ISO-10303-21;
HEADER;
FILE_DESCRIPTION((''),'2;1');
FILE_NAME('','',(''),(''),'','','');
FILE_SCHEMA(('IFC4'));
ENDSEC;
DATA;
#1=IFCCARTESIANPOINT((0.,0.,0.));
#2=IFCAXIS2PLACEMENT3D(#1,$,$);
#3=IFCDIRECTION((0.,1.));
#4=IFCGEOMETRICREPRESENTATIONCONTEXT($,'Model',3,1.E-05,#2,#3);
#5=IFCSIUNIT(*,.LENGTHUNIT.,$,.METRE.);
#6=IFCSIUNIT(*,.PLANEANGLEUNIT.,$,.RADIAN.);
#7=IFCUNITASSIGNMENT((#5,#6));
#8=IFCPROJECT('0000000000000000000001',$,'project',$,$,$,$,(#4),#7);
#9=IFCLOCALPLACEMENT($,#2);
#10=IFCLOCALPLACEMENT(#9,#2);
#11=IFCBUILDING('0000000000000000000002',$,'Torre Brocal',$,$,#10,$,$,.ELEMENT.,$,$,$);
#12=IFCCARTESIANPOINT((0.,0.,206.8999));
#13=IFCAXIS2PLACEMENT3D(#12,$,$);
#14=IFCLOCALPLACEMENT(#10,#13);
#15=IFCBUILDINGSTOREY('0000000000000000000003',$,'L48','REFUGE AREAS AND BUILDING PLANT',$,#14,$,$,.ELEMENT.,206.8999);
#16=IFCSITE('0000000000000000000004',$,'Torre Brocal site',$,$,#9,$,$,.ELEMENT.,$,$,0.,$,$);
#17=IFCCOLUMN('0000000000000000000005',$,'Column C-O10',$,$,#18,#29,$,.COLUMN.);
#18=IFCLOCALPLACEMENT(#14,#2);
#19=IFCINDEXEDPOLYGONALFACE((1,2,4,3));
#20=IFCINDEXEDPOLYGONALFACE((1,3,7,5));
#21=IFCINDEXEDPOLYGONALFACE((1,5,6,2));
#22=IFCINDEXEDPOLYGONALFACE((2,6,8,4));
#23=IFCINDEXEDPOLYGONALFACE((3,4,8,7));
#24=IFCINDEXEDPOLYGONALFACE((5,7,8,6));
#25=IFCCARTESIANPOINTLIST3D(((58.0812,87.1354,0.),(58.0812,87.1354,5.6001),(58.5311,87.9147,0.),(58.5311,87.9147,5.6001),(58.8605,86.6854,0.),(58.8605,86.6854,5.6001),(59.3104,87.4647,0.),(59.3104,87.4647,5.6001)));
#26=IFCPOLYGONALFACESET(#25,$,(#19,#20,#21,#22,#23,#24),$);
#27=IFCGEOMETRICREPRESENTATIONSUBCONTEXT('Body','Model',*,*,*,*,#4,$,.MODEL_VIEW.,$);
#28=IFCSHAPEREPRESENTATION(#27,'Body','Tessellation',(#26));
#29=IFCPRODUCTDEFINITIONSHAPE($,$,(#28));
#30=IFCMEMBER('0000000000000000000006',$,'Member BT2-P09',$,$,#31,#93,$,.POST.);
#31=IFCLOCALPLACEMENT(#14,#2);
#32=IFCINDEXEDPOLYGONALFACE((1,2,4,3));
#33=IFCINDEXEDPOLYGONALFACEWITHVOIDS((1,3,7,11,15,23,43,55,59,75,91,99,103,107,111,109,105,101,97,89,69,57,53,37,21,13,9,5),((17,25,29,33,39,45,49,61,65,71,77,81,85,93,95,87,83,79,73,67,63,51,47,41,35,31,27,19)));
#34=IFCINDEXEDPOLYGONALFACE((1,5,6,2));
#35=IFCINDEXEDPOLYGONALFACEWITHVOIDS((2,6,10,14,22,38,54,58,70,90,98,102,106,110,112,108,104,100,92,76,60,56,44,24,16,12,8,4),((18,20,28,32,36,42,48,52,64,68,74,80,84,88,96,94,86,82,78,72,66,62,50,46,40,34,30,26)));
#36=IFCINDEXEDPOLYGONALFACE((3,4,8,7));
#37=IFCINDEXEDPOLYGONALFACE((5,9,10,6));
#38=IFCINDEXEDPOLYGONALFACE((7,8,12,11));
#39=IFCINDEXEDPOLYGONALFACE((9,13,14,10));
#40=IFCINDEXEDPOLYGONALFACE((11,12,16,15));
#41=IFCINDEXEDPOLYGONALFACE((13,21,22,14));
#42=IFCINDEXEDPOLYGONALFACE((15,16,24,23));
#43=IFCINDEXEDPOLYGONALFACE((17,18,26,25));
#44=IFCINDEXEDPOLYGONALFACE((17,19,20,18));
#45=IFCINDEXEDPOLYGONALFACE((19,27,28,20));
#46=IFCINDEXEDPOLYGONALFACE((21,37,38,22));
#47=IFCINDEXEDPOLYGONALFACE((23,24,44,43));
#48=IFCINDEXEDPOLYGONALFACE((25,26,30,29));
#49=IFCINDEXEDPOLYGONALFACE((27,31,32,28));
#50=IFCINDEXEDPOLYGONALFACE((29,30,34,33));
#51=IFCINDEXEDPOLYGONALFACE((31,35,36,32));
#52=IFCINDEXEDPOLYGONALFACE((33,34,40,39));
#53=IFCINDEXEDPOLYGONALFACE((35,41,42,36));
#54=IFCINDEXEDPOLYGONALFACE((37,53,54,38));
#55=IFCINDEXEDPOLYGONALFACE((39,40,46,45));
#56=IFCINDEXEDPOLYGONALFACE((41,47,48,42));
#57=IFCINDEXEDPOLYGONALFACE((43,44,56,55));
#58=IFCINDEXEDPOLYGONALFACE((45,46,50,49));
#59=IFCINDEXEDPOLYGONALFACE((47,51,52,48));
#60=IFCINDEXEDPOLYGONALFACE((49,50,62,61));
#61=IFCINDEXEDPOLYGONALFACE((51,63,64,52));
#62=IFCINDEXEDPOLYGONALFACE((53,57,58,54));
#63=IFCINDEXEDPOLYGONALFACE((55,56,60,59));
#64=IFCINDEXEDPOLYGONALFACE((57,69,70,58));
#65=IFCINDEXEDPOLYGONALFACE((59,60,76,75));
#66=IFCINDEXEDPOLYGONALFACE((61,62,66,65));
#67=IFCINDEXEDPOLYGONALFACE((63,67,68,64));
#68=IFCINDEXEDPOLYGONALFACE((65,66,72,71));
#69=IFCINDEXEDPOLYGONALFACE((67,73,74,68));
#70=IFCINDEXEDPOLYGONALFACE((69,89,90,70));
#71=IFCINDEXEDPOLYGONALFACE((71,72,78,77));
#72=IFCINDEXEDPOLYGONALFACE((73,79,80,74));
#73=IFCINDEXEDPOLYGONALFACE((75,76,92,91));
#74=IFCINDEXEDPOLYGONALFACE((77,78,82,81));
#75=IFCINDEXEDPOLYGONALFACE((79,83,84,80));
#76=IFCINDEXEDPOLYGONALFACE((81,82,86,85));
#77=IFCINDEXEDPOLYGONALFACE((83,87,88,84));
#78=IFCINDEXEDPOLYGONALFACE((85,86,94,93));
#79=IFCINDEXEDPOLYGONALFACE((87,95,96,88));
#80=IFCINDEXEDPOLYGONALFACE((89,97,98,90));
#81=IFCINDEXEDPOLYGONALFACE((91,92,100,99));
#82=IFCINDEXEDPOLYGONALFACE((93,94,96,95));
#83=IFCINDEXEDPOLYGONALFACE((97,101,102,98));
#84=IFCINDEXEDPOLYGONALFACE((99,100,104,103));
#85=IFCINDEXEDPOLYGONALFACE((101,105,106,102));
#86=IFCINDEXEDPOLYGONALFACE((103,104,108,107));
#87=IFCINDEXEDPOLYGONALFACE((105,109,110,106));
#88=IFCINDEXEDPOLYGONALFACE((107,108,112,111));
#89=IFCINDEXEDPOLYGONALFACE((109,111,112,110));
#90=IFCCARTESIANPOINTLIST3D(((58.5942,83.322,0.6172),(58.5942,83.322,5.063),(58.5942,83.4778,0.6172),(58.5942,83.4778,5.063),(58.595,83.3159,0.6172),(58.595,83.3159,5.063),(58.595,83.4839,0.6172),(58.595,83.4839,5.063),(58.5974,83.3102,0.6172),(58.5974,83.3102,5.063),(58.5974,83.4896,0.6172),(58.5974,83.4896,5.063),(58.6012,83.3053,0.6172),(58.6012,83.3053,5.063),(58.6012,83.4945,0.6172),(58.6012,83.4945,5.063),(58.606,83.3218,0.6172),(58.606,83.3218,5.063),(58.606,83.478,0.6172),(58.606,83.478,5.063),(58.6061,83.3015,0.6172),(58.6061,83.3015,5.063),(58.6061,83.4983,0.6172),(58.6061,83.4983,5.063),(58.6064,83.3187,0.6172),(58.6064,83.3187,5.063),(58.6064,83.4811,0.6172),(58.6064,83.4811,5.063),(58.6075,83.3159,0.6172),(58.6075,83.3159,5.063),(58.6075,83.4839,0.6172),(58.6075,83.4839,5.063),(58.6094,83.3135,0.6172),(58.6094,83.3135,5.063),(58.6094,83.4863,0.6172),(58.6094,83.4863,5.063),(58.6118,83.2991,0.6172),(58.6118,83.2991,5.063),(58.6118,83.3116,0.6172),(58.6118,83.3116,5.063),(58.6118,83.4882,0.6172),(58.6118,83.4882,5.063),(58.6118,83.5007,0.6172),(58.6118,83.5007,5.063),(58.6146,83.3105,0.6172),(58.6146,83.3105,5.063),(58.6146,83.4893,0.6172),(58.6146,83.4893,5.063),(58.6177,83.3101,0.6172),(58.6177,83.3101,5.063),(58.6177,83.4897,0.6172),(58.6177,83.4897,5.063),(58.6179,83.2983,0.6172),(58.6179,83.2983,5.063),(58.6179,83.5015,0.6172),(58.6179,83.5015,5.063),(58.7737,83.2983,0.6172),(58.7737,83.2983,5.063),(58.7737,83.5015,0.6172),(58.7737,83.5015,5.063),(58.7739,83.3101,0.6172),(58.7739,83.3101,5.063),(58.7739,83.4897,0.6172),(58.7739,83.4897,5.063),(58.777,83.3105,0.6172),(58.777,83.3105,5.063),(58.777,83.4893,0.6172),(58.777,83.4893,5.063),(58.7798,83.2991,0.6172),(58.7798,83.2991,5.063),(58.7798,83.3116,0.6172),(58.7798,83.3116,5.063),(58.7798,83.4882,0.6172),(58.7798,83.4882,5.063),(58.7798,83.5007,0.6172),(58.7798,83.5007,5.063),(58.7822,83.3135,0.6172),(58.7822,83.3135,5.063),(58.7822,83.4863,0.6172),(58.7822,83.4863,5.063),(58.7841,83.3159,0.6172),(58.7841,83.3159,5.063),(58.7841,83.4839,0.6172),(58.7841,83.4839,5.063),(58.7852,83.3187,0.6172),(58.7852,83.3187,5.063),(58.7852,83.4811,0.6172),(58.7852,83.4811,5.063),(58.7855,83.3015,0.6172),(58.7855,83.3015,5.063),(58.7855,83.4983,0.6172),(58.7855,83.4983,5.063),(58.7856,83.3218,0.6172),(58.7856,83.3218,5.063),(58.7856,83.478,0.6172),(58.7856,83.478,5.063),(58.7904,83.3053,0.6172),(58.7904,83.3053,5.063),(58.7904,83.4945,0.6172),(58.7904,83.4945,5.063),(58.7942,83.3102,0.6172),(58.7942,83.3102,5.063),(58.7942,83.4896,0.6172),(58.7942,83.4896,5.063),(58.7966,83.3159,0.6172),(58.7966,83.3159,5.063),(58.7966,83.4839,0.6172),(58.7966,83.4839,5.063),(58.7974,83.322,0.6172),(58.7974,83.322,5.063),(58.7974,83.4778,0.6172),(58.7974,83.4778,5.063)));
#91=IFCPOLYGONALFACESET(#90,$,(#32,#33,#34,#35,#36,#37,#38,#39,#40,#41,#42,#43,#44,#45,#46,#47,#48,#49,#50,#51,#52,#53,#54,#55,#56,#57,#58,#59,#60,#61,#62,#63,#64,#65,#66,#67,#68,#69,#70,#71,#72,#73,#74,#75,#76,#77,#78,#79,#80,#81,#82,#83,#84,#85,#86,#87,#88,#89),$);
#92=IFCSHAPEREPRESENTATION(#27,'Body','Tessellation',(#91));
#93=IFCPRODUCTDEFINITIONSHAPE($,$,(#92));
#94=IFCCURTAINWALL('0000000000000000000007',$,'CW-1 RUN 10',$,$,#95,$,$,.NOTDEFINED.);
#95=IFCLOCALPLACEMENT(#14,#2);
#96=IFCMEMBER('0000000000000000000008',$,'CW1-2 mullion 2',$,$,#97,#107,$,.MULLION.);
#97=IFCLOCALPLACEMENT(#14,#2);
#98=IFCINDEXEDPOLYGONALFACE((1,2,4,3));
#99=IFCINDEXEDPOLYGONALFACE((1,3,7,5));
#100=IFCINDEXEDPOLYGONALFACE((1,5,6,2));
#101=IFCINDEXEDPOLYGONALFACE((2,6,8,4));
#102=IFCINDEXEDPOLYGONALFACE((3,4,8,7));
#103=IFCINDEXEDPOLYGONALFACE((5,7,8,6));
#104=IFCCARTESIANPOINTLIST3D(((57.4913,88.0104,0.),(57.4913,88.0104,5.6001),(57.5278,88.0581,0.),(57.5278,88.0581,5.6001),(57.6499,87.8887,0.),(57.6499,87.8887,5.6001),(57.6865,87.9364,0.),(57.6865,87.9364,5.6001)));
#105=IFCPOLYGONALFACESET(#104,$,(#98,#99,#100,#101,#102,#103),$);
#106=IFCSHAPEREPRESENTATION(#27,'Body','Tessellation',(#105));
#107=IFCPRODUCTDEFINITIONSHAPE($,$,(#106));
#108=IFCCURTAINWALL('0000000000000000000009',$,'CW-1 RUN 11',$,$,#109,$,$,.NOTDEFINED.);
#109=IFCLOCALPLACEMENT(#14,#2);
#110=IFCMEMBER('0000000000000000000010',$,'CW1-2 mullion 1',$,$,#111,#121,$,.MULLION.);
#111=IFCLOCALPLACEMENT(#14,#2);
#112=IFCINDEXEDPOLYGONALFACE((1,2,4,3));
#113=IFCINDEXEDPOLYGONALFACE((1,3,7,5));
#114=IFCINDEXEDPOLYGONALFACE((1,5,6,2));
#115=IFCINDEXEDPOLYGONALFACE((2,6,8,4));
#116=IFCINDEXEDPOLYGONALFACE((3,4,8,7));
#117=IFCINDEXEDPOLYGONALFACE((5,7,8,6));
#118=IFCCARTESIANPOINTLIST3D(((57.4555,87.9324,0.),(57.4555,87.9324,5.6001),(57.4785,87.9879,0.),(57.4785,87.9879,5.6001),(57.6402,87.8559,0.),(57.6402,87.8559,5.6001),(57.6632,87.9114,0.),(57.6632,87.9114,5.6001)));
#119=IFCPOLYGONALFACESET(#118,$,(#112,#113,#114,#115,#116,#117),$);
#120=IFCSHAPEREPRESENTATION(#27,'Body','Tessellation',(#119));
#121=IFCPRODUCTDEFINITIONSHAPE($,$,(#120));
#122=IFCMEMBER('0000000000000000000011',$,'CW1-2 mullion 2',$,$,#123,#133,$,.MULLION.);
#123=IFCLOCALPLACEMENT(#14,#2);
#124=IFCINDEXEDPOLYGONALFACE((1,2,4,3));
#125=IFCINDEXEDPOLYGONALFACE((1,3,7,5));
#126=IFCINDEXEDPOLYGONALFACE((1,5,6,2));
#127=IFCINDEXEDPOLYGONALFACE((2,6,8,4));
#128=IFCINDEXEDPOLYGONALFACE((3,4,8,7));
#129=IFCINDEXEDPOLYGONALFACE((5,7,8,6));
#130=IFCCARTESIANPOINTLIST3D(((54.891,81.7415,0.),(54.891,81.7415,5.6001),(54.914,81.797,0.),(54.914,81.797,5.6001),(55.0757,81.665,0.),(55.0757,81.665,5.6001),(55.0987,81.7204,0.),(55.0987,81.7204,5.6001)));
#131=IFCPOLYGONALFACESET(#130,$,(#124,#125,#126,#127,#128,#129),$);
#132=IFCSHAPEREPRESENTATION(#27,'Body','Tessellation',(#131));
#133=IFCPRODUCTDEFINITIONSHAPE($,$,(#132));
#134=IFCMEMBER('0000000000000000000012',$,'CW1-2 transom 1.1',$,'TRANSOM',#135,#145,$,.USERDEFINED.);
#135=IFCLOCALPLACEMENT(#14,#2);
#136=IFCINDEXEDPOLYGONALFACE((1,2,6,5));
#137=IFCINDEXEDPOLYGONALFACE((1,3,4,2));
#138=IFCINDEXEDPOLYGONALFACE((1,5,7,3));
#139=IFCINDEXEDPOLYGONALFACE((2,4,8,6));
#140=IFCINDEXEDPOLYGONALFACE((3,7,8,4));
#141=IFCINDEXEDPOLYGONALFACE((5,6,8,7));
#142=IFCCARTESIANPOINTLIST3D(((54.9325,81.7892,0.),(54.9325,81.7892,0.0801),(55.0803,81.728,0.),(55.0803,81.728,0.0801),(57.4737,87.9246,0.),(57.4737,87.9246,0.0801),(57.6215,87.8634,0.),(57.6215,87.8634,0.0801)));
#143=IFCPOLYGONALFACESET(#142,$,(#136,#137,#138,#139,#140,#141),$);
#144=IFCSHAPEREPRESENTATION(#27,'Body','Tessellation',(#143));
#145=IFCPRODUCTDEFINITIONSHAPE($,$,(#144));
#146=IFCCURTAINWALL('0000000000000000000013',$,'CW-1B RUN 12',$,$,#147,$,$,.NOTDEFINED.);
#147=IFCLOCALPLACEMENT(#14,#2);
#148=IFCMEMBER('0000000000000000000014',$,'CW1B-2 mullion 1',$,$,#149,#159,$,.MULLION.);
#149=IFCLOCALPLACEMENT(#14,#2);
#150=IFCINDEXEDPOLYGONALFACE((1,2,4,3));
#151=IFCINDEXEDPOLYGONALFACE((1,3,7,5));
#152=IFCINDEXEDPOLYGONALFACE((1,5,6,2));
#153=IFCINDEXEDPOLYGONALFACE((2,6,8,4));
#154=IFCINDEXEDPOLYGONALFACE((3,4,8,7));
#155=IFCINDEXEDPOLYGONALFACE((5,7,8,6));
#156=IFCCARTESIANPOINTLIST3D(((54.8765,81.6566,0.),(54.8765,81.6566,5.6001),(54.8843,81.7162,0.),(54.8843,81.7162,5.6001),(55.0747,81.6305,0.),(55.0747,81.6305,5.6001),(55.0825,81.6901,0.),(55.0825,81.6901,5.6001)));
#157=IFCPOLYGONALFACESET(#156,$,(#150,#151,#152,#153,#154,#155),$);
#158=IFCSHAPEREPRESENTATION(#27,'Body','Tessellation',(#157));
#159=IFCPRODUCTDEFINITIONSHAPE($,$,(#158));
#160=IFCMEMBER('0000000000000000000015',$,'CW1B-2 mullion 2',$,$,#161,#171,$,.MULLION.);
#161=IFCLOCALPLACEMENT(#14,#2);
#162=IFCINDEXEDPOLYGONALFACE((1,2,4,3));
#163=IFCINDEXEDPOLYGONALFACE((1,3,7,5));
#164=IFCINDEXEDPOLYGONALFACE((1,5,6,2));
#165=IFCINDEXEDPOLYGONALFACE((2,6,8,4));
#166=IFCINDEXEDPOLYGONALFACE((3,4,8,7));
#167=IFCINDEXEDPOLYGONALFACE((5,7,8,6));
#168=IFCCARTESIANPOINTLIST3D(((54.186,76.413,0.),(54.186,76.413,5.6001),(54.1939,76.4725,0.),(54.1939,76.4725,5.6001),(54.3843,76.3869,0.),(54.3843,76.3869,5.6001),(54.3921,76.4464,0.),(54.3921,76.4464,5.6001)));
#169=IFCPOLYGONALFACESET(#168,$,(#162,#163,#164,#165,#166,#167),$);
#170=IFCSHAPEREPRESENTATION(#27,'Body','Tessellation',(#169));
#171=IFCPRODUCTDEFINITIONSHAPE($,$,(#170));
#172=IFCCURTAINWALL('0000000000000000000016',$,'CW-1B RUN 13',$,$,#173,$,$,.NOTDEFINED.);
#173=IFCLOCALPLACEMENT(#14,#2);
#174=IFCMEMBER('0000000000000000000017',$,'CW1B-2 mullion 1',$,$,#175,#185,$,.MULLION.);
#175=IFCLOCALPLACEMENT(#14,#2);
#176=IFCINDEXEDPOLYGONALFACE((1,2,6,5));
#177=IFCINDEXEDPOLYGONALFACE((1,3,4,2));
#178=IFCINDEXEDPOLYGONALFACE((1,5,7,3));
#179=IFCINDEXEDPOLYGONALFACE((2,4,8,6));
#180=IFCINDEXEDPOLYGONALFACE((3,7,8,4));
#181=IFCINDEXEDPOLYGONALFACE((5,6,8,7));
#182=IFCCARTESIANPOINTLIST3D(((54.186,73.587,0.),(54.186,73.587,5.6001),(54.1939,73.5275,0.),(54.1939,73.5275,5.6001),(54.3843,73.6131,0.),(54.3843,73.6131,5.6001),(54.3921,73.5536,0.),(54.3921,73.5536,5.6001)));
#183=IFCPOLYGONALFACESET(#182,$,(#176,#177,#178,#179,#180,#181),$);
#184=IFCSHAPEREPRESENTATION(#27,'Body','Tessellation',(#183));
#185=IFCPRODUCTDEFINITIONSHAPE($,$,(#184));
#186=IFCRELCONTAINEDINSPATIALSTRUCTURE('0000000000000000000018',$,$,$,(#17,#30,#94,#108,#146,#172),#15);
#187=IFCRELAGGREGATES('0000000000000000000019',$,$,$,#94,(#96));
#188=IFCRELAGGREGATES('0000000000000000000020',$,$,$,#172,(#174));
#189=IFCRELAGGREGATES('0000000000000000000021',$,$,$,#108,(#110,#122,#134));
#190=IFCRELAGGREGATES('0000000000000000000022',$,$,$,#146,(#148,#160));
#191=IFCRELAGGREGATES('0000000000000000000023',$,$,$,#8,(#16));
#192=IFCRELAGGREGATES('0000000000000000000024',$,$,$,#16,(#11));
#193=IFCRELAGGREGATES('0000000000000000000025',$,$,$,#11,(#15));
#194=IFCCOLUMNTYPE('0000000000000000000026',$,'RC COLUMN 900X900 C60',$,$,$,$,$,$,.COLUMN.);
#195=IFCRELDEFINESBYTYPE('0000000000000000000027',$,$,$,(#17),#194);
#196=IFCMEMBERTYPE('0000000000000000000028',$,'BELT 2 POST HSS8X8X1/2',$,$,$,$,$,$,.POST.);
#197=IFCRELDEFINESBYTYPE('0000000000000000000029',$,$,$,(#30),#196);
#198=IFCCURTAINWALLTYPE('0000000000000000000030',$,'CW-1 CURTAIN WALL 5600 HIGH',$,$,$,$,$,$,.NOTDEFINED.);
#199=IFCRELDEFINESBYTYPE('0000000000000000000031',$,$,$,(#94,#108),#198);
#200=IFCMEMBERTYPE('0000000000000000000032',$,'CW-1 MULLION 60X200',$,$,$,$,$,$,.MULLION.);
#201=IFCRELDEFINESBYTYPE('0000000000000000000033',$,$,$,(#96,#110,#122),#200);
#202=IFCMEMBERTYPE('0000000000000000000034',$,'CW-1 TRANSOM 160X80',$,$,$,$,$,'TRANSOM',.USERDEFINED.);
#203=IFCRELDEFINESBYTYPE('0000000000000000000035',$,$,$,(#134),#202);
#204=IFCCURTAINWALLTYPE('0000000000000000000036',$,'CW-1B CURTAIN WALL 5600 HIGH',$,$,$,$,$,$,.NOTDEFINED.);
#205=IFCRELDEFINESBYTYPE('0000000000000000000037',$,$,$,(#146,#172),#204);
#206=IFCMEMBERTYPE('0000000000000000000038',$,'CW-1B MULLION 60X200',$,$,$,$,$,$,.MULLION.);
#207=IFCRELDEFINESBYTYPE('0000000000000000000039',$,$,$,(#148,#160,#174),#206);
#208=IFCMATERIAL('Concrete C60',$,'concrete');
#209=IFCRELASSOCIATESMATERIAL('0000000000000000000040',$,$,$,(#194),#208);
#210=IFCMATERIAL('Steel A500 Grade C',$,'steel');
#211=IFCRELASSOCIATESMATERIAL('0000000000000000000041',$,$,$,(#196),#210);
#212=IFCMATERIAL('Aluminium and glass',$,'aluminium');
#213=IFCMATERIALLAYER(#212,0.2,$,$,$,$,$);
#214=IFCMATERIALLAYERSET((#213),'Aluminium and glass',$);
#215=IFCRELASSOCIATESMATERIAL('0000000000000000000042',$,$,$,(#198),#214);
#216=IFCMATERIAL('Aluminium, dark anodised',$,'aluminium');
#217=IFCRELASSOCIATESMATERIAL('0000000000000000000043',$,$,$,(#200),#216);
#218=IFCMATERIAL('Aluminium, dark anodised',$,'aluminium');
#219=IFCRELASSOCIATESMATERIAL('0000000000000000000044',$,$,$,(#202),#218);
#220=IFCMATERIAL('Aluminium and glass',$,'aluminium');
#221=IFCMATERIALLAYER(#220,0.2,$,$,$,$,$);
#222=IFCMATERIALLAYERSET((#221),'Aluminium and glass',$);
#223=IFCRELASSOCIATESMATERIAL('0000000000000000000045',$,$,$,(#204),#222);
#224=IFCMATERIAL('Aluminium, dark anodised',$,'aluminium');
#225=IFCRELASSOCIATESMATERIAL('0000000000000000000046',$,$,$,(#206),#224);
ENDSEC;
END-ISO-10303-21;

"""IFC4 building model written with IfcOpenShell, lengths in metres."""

from ifc_helpers import new_model, si_unit, direction, frame, origin, origin_2d, place, context, subcontext, project, spatial, rectangle, hollow_rectangle, extrude, material, layer, layer_set, material_profile, profile_set, type_object, element, aggregate, save


model = new_model("IFC4")

# Units and contexts
model_context = context("Model", 3, precision=1e-05, world=origin(), true_north=direction((0.0, 1.0)))
body_context = subcontext(model_context, "Body", "Model", "MODEL_VIEW")
ifc_project = project(units=[si_unit("LENGTHUNIT", "METRE"), si_unit("PLANEANGLEUNIT", "RADIAN")], contexts=[model_context])

# Site, building, storey
site_placement = place(None, origin())
site = spatial("IfcSite", under=ifc_project, at=site_placement, Name="Torre Brocal site", CompositionType="ELEMENT", RefElevation=0.0)
building_placement = place(site_placement, origin())
building = spatial("IfcBuilding", under=site, at=building_placement, Name="Torre Brocal", CompositionType="ELEMENT")
storey_placement = place(building_placement, frame((0.0, 0.0, 206.8999)))
storey = spatial("IfcBuildingStorey", under=building, at=storey_placement, Name="L48", Description="REFUGE AREAS AND BUILDING PLANT", CompositionType="ELEMENT", Elevation=206.8999)

# Column
ifc_material_1 = material(Name="Concrete C60", Category="concrete")
ifc_material_profile_1 = material_profile(ifc_material_1, rectangle(XDim=0.8999, YDim=0.8999, at=origin_2d()), Name="RC 900X900")
ifc_profile_set_1 = profile_set([ifc_material_profile_1], Name="Concrete C60")
column_type = type_object("IfcColumnType", Name="RC COLUMN 900X900 C60", PredefinedType="COLUMN", material=ifc_profile_set_1)
column_placement = place(storey_placement, frame((58.6958, 87.3, 0.0), z_axis=(0.0, 0.0, 1.0), x_axis=(-0.866025, 0.5, 0.0)))
element("IfcColumn", 1, at=column_placement, inside=storey, type_object=column_type, Name="Column C-O10", PredefinedType="COLUMN", context=body_context, shape_type="SweptSolid", body=[
    extrude(rectangle(XDim=0.8999, YDim=0.8999, at=origin_2d()), origin(), (0.0, 0.0, 1.0), 5.6001),
])

# Member
ifc_material_2 = material(Name="Steel A500 Grade C", Category="steel")
ifc_material_profile_2 = material_profile(ifc_material_2, hollow_rectangle(XDim=0.2031, YDim=0.2031, WallThickness=0.0117, InnerFilletRadius=0.0117, OuterFilletRadius=0.0237, at=origin_2d()), Name="HSS8X8X1/2")
ifc_profile_set_2 = profile_set([ifc_material_profile_2], Name="Steel A500 Grade C")
member_type_1 = type_object("IfcMemberType", Name="BELT 2 POST HSS8X8X1/2", PredefinedType="POST", material=ifc_profile_set_2)
member_1_placement = place(storey_placement, frame((58.6958, 83.3999, 0.6172), z_axis=(0.0, 0.0, 1.0), x_axis=(1.0, 0.0, 0.0)))
element("IfcMember", 2, at=member_1_placement, inside=storey, type_object=member_type_1, Name="Member BT2-P09", PredefinedType="POST", context=body_context, shape_type="SweptSolid", body=[
    extrude(hollow_rectangle(XDim=0.2031, YDim=0.2031, WallThickness=0.0117, InnerFilletRadius=0.0117, OuterFilletRadius=0.0237, at=origin_2d()), origin(), (0.0, 0.0, 1.0), 4.4458),
])

# Curtain wall, member
ifc_material_3 = material(Name="Aluminium and glass", Category="aluminium")
ifc_layer_1 = layer(ifc_material_3, 0.2)
ifc_layer_set_1 = layer_set([ifc_layer_1], Name="Aluminium and glass")
curtain_wall_type_1 = type_object("IfcCurtainWallType", Name="CW-1 CURTAIN WALL 5600 HIGH", PredefinedType="NOTDEFINED", material=ifc_layer_set_1)
curtain_wall_1_placement = place(storey_placement, origin())
curtain_wall_1 = element("IfcCurtainWall", 3, at=curtain_wall_1_placement, inside=storey, type_object=curtain_wall_type_1, Name="CW-1 RUN 10", PredefinedType="NOTDEFINED")
ifc_material_4 = material(Name="Aluminium, dark anodised", Category="aluminium")
ifc_material_profile_3 = material_profile(ifc_material_4, rectangle(XDim=0.2, YDim=0.0601, at=origin_2d()), Name="CW-1 MULLION 60X200")
ifc_profile_set_3 = profile_set([ifc_material_profile_3], Name="Aluminium, dark anodised")
member_type_2 = type_object("IfcMemberType", Name="CW-1 MULLION 60X200", PredefinedType="MULLION", material=ifc_profile_set_3)
member_2_placement = place(storey_placement, frame((57.5889, 87.9734, 0.0), z_axis=(0.0, 0.0, 1.0), x_axis=(0.793353, -0.608761, 0.0)))
member_2 = element("IfcMember", 4, at=member_2_placement, type_object=member_type_2, Name="CW1-2 mullion 2", PredefinedType="MULLION", context=body_context, shape_type="SweptSolid", body=[
    extrude(rectangle(XDim=0.2, YDim=0.0601, at=origin_2d()), origin(), (0.0, 0.0, 1.0), 5.6001),
])
aggregate(curtain_wall_1, [member_2])

# Curtain walls, members
curtain_wall_2_placement = place(storey_placement, origin())
curtain_wall_2 = element("IfcCurtainWall", 5, at=curtain_wall_2_placement, inside=storey, type_object=curtain_wall_type_1, Name="CW-1 RUN 11", PredefinedType="NOTDEFINED")
member_3_placement = place(storey_placement, frame((57.5593, 87.9219, 0.0), z_axis=(0.0, 0.0, 1.0), x_axis=(0.92388, -0.382683, 0.0)))
member_3 = element("IfcMember", 6, at=member_3_placement, type_object=member_type_2, Name="CW1-2 mullion 1", PredefinedType="MULLION", context=body_context, shape_type="SweptSolid", body=[
    extrude(rectangle(XDim=0.2, YDim=0.0601, at=origin_2d()), origin(), (0.0, 0.0, 1.0), 5.6001),
])
member_4_placement = place(storey_placement, frame((54.9949, 81.731, 0.0), z_axis=(0.0, 0.0, 1.0), x_axis=(0.92388, -0.382683, 0.0)))
member_4 = element("IfcMember", 7, at=member_4_placement, type_object=member_type_2, Name="CW1-2 mullion 2", PredefinedType="MULLION", context=body_context, shape_type="SweptSolid", body=[
    extrude(rectangle(XDim=0.2, YDim=0.0601, at=origin_2d()), origin(), (0.0, 0.0, 1.0), 5.6001),
])
ifc_material_5 = material(Name="Aluminium, dark anodised", Category="aluminium")
ifc_material_profile_4 = material_profile(ifc_material_5, rectangle(XDim=0.1599, YDim=0.0801, at=origin_2d()), Name="CW-1 TRANSOM 160X80")
ifc_profile_set_4 = profile_set([ifc_material_profile_4], Name="Aluminium, dark anodised")
member_type_3 = type_object("IfcMemberType", Name="CW-1 TRANSOM 160X80", ElementType="TRANSOM", PredefinedType="USERDEFINED", material=ifc_profile_set_4)
member_5_placement = place(storey_placement, frame((57.5476, 87.894, 0.04), z_axis=(-0.382665, -0.923887, 0.0), x_axis=(0.923887, -0.382665, 0.0)))
member_5 = element("IfcMember", 8, at=member_5_placement, type_object=member_type_3, Name="CW1-2 transom 1.1", ObjectType="TRANSOM", PredefinedType="USERDEFINED", context=body_context, shape_type="SweptSolid", body=[
    extrude(rectangle(XDim=0.1599, YDim=0.0801, at=origin_2d()), origin(), (0.0, 0.0, 1.0), 6.6409),
])
ifc_material_6 = material(Name="Aluminium and glass", Category="aluminium")
ifc_layer_2 = layer(ifc_material_6, 0.2)
ifc_layer_set_2 = layer_set([ifc_layer_2], Name="Aluminium and glass")
curtain_wall_type_2 = type_object("IfcCurtainWallType", Name="CW-1B CURTAIN WALL 5600 HIGH", PredefinedType="NOTDEFINED", material=ifc_layer_set_2)
curtain_wall_3_placement = place(storey_placement, origin())
curtain_wall_3 = element("IfcCurtainWall", 9, at=curtain_wall_3_placement, inside=storey, type_object=curtain_wall_type_2, Name="CW-1B RUN 12", PredefinedType="NOTDEFINED")
ifc_material_7 = material(Name="Aluminium, dark anodised", Category="aluminium")
ifc_material_profile_5 = material_profile(ifc_material_7, rectangle(XDim=0.2, YDim=0.0601, at=origin_2d()), Name="CW-1B MULLION 60X200")
ifc_profile_set_5 = profile_set([ifc_material_profile_5], Name="Aluminium, dark anodised")
member_type_4 = type_object("IfcMemberType", Name="CW-1B MULLION 60X200", PredefinedType="MULLION", material=ifc_profile_set_5)
member_6_placement = place(storey_placement, frame((54.9795, 81.6733, 0.0), z_axis=(0.0, 0.0, 1.0), x_axis=(0.991445, -0.130526, 0.0)))
member_6 = element("IfcMember", 10, at=member_6_placement, type_object=member_type_4, Name="CW1B-2 mullion 1", PredefinedType="MULLION", context=body_context, shape_type="SweptSolid", body=[
    extrude(rectangle(XDim=0.2, YDim=0.0601, at=origin_2d()), origin(), (0.0, 0.0, 1.0), 5.6001),
])
member_7_placement = place(storey_placement, frame((54.2891, 76.4297, 0.0), z_axis=(0.0, 0.0, 1.0), x_axis=(0.991445, -0.130526, 0.0)))
member_7 = element("IfcMember", 11, at=member_7_placement, type_object=member_type_4, Name="CW1B-2 mullion 2", PredefinedType="MULLION", context=body_context, shape_type="SweptSolid", body=[
    extrude(rectangle(XDim=0.2, YDim=0.0601, at=origin_2d()), origin(), (0.0, 0.0, 1.0), 5.6001),
])

# Curtain wall, member
curtain_wall_4_placement = place(storey_placement, origin())
curtain_wall_4 = element("IfcCurtainWall", 12, at=curtain_wall_4_placement, inside=storey, type_object=curtain_wall_type_2, Name="CW-1B RUN 13", PredefinedType="NOTDEFINED")
member_8_placement = place(storey_placement, frame((54.2891, 73.5703, 0.0), z_axis=(0.0, 0.0, 1.0), x_axis=(0.991445, 0.130526, 0.0)))
member_8 = element("IfcMember", 13, at=member_8_placement, type_object=member_type_4, Name="CW1B-2 mullion 1", PredefinedType="MULLION", context=body_context, shape_type="SweptSolid", body=[
    extrude(rectangle(XDim=0.2, YDim=0.0601, at=origin_2d()), origin(), (0.0, 0.0, 1.0), 5.6001),
])

aggregate(curtain_wall_4, [member_8])

aggregate(curtain_wall_2, [member_3, member_4, member_5])
aggregate(curtain_wall_3, [member_6, member_7])

save(model, "model.ifc")
